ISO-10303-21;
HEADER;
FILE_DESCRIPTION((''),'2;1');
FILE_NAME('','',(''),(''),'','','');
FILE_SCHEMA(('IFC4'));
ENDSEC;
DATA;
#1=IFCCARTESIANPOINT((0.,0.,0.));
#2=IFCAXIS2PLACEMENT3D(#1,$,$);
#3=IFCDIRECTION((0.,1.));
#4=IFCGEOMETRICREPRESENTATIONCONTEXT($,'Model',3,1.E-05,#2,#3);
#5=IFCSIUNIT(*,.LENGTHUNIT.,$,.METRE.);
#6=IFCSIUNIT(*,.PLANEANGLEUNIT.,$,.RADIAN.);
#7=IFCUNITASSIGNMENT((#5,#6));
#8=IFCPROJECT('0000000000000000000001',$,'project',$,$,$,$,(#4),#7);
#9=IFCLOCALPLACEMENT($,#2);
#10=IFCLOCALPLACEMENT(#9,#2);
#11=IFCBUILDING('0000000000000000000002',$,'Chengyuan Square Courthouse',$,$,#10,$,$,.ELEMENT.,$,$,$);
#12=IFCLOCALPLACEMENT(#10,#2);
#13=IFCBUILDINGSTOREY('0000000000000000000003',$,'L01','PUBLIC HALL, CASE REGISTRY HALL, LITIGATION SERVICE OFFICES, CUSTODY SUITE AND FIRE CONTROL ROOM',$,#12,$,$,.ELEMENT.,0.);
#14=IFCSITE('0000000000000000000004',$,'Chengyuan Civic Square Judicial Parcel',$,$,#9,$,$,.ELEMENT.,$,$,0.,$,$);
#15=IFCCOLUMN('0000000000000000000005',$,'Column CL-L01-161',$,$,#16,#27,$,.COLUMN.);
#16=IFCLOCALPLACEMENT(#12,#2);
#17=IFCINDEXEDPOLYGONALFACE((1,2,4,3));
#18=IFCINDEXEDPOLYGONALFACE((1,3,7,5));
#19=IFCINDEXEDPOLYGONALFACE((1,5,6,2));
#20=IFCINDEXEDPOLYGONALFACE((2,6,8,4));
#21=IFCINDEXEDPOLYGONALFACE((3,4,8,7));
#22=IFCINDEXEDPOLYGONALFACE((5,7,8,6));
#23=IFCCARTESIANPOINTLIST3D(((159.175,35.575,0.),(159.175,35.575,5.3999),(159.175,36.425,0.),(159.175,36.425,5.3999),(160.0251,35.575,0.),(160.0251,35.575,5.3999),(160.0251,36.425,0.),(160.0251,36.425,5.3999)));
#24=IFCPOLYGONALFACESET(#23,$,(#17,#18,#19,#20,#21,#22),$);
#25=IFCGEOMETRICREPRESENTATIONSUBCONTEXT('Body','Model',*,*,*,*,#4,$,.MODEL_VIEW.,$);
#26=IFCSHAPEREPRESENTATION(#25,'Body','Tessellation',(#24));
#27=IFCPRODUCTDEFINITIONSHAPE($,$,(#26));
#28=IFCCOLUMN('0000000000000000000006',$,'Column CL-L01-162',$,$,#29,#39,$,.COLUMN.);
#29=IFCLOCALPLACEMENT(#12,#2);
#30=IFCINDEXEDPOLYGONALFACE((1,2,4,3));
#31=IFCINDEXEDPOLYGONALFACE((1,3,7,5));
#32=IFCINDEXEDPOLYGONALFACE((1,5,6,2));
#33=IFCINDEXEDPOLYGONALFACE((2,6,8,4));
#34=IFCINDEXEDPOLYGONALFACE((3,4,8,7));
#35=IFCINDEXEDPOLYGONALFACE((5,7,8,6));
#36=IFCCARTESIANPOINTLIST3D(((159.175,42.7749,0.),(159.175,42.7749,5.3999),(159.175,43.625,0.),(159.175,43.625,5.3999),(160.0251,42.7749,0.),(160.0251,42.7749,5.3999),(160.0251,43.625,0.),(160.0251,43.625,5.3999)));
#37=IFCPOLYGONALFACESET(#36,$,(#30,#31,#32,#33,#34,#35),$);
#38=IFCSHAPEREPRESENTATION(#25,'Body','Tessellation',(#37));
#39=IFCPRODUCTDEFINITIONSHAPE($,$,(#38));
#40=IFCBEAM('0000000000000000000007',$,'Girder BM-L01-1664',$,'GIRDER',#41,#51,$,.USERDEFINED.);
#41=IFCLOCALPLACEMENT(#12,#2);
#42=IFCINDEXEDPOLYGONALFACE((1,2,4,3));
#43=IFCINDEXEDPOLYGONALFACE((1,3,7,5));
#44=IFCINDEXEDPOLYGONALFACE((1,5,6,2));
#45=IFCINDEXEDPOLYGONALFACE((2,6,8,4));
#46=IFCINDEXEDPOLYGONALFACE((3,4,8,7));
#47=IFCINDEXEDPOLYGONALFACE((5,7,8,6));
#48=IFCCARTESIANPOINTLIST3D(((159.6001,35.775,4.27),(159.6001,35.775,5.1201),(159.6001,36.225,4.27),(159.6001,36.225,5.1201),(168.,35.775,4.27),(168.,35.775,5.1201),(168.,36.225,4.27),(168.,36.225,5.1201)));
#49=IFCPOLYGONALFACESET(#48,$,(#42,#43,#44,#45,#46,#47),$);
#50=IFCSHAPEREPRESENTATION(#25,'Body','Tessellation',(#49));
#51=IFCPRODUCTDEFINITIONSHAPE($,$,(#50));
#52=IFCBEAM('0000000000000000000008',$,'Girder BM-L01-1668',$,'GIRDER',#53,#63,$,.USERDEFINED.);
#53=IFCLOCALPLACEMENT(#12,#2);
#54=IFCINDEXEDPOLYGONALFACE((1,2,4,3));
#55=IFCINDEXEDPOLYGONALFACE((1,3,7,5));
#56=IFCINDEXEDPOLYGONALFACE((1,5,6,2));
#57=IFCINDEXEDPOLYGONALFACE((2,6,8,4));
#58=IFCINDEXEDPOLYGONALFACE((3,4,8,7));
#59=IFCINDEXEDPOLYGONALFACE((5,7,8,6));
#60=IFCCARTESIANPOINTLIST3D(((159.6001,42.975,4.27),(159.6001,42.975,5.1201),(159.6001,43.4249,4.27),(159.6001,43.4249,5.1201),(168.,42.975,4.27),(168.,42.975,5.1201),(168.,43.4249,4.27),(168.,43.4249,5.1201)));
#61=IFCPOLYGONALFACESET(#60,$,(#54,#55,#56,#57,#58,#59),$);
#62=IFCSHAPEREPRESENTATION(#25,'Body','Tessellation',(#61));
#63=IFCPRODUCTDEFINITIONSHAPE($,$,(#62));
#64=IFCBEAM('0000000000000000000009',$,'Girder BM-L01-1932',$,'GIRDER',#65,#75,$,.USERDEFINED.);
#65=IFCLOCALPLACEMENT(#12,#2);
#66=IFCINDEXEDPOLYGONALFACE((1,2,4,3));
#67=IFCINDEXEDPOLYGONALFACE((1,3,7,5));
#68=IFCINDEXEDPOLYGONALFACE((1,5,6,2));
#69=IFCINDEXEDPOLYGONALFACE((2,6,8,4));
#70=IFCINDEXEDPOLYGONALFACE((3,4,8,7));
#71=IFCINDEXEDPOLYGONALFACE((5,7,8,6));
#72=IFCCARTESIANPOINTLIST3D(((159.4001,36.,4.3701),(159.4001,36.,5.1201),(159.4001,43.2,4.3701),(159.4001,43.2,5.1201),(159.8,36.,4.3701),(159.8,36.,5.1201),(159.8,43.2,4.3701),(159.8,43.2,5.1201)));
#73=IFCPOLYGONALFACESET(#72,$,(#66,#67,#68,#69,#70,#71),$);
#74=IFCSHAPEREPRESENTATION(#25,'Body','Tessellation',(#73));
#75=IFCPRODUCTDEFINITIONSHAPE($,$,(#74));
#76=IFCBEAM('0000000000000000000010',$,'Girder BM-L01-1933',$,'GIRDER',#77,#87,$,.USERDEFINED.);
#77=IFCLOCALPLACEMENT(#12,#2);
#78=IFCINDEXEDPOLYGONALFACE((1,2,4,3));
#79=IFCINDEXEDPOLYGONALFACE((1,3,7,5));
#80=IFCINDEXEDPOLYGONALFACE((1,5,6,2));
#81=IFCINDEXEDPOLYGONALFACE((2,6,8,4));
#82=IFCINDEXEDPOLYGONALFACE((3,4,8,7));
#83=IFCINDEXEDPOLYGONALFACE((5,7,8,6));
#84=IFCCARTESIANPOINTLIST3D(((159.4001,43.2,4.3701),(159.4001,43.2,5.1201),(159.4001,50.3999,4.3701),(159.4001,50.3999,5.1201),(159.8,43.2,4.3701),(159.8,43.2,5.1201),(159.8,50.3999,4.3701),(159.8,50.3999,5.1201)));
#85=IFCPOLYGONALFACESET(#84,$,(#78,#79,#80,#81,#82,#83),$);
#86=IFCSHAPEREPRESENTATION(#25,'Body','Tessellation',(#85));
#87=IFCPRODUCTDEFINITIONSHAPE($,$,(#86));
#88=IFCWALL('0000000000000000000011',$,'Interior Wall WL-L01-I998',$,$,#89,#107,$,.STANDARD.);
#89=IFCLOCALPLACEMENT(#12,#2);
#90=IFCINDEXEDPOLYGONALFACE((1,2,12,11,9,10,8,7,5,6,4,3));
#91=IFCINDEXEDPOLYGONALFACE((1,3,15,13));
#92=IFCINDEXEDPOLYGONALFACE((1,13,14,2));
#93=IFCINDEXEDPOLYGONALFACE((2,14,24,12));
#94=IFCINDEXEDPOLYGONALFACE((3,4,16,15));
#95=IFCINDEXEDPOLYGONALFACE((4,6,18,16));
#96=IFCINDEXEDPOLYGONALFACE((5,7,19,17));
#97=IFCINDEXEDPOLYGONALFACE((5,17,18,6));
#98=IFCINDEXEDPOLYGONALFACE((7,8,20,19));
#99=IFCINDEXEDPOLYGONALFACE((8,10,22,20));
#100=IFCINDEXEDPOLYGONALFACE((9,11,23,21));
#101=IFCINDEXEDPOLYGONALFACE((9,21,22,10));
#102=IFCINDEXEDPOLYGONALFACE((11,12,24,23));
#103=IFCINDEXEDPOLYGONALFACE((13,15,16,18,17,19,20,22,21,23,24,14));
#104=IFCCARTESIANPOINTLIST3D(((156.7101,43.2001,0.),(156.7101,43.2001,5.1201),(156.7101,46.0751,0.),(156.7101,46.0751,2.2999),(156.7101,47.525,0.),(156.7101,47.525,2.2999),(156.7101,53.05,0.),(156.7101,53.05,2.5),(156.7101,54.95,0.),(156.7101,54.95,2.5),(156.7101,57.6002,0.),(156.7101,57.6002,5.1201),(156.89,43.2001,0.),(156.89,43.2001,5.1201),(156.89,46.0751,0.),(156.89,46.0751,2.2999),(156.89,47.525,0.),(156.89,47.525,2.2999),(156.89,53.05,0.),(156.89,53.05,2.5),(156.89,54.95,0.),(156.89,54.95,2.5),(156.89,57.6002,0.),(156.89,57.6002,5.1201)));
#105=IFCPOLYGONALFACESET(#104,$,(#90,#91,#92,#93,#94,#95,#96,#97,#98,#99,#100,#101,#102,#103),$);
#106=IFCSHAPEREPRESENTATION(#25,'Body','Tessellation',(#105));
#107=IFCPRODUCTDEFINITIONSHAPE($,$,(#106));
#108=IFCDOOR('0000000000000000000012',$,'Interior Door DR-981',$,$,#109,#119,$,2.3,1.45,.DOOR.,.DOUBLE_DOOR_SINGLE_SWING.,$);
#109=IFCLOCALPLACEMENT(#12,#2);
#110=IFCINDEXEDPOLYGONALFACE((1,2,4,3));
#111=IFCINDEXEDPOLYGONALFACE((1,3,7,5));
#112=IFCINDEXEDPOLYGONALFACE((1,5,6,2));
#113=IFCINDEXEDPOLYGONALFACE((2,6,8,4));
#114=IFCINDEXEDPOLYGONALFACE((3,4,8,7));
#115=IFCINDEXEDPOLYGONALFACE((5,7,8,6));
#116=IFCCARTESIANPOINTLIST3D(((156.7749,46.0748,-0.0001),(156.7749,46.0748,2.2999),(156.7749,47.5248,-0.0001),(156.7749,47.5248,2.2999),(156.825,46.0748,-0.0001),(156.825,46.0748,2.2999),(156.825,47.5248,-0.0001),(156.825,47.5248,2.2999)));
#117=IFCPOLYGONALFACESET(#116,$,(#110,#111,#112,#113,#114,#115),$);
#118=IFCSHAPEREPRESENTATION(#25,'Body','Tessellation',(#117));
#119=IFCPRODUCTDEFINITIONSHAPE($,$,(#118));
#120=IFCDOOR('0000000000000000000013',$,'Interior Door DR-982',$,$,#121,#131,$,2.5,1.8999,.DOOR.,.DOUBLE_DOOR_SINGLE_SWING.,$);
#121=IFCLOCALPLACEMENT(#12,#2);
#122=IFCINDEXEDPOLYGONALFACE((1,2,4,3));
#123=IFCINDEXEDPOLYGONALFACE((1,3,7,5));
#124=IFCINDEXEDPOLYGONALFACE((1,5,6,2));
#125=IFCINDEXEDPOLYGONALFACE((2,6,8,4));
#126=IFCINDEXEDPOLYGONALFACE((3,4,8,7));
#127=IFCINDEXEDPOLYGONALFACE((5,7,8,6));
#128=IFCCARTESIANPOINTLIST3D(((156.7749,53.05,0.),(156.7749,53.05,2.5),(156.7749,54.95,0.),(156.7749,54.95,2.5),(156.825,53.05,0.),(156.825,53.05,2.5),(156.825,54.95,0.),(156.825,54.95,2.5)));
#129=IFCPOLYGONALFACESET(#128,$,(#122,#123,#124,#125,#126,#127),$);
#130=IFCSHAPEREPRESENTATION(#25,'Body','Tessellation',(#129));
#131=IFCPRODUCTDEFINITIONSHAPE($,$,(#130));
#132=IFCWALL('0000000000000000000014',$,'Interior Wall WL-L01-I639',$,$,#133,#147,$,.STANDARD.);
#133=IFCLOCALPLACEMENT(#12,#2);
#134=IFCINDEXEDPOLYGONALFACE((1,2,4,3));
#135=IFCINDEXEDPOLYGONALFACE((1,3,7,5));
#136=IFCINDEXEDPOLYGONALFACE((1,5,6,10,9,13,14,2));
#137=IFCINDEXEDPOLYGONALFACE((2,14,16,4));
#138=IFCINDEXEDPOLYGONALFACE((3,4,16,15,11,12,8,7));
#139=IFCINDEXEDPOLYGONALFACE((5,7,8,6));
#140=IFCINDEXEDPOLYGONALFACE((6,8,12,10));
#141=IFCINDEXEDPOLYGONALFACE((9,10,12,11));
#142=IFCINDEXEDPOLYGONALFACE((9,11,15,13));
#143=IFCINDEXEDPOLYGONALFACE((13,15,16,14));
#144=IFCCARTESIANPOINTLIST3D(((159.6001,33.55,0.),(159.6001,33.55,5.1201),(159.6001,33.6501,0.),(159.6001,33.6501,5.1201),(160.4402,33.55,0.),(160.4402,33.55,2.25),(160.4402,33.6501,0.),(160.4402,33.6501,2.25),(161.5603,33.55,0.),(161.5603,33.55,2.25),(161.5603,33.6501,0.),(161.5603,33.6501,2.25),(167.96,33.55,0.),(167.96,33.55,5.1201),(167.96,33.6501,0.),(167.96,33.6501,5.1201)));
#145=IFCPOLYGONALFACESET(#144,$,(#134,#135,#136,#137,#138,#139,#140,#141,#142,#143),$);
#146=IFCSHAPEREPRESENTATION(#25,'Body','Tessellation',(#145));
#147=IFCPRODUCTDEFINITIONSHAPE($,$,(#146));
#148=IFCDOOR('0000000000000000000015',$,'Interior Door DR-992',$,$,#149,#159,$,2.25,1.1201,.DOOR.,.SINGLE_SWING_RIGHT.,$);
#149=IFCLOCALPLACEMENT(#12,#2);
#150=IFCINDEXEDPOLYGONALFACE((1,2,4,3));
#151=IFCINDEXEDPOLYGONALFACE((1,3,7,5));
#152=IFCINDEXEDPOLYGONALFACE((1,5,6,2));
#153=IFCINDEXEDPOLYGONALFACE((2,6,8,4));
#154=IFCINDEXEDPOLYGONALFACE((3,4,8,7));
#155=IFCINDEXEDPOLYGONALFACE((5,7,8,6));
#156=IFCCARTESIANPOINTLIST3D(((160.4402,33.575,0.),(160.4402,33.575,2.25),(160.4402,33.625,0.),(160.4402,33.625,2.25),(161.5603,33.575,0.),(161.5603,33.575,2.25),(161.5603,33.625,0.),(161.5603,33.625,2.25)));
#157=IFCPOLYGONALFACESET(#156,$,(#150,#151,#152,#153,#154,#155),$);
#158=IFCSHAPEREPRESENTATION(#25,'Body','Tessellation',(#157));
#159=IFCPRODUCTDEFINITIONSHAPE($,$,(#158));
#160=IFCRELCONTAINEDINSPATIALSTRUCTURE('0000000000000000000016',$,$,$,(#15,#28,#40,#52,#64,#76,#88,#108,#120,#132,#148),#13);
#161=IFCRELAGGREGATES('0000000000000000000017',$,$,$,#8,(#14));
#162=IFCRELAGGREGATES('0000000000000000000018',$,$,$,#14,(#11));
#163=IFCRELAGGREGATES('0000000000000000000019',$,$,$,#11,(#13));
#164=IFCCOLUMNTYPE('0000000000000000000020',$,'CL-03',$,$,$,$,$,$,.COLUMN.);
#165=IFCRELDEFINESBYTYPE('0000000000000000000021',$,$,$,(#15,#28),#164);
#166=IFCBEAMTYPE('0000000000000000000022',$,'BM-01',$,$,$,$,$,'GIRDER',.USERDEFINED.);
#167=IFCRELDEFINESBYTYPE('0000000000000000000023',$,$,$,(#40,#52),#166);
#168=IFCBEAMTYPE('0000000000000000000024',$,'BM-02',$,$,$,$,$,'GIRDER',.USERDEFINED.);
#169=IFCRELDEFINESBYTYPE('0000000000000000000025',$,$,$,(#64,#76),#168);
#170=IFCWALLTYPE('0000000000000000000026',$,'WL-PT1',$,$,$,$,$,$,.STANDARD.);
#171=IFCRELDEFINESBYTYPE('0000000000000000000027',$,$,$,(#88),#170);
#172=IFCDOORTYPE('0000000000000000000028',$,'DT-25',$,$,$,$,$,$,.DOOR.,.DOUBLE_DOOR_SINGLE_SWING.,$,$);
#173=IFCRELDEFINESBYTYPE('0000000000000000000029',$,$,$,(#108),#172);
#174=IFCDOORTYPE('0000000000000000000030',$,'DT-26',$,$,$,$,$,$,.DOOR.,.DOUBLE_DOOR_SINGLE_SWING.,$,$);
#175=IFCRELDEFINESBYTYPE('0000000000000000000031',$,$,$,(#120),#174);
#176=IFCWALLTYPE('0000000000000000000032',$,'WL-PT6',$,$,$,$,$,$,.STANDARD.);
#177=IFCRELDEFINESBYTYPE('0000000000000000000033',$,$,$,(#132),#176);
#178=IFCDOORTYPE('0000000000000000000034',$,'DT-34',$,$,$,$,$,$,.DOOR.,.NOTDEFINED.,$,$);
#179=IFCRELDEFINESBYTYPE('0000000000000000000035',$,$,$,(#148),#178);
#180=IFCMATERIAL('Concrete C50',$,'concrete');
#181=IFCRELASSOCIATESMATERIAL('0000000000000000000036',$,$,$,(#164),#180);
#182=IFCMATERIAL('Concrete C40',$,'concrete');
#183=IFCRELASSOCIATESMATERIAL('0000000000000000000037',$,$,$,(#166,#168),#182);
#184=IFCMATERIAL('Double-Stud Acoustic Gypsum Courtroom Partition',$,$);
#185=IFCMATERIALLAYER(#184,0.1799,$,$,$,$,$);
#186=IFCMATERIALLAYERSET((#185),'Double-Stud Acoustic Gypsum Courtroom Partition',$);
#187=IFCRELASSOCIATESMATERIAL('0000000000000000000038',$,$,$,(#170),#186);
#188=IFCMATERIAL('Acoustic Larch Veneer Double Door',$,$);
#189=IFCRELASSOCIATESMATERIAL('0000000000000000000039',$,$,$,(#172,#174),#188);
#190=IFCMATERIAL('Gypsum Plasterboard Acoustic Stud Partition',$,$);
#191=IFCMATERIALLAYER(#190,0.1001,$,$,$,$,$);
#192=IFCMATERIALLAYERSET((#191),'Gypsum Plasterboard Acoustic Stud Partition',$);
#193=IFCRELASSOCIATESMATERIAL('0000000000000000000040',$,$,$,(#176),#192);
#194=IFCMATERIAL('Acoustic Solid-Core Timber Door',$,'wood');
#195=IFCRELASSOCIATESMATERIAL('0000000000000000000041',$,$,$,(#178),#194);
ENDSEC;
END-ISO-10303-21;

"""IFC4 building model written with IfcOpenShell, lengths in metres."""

from ifc_helpers import new_model, si_unit, direction, frame, frame_2d, origin, origin_2d, place, context, subcontext, project, spatial, rectangle, extrude, material, layer, layer_set, material_profile, profile_set, type_object, element, fill, save


model = new_model("IFC4")

# Units and contexts
model_context = context("Model", 3, precision=1e-05, world=origin(), true_north=direction((0.0, 1.0)))
body_context = subcontext(model_context, "Body", "Model", "MODEL_VIEW")
ifc_project = project(units=[si_unit("LENGTHUNIT", "METRE"), si_unit("PLANEANGLEUNIT", "RADIAN")], contexts=[model_context])

# Site, building, storey
site_placement = place(None, origin())
site = spatial("IfcSite", under=ifc_project, at=site_placement, Name="Chengyuan Civic Square Judicial Parcel", CompositionType="ELEMENT", RefElevation=0.0)
building_placement = place(site_placement, origin())
building = spatial("IfcBuilding", under=site, at=building_placement, Name="Chengyuan Square Courthouse", CompositionType="ELEMENT")
storey_placement = place(building_placement, origin())
storey = spatial("IfcBuildingStorey", under=building, at=storey_placement, Name="L01", Description="PUBLIC HALL, CASE REGISTRY HALL, LITIGATION SERVICE OFFICES, CUSTODY SUITE AND FIRE CONTROL ROOM", CompositionType="ELEMENT", Elevation=0.0)

# Columns
ifc_material_1 = material(Name="Concrete C50", Category="concrete")
ifc_material_profile_1 = material_profile(ifc_material_1, rectangle(XDim=0.8501, YDim=0.8501, at=origin_2d()), Name="RC-COL-850x850")
ifc_profile_set_1 = profile_set([ifc_material_profile_1], Name="Concrete C50")
column_type = type_object("IfcColumnType", Name="CL-03", PredefinedType="COLUMN", material=ifc_profile_set_1)
for number, where, z_axis, x_axis, name in (
    (1, (159.6001, 36.0, 0.0), (0.0, 0.0, 1.0), (1.0, 0.0, 0.0), "Column CL-L01-161"),
    (2, (159.6001, 43.2, 0.0), (0.0, 0.0, 1.0), (1.0, 0.0, 0.0), "Column CL-L01-162"),
):
    element("IfcColumn", number, at=place(storey_placement, frame(where, z_axis=z_axis, x_axis=x_axis)), inside=storey, type_object=column_type, Name=name, PredefinedType="COLUMN", context=body_context, shape_type="SweptSolid", body=[
        extrude(rectangle(XDim=0.8501, YDim=0.8501, at=origin_2d()), origin(), (0.0, 0.0, 1.0), 5.3999),
    ])

# Beams
ifc_material_2 = material(Name="Concrete C40", Category="concrete")
ifc_material_profile_2 = material_profile(ifc_material_2, rectangle(XDim=0.45, YDim=0.8501, at=origin_2d()), Name="RC-BM-450x850")
ifc_profile_set_2 = profile_set([ifc_material_profile_2], Name="Concrete C40")
beam_type_1 = type_object("IfcBeamType", Name="BM-01", ElementType="GIRDER", PredefinedType="USERDEFINED", material=ifc_profile_set_2)
for number, where, z_axis, x_axis, name in (
    (3, (159.6001, 36.0, 4.6951), (1.0, 0.0, 0.0), (0.0, 1.0, 0.0), "Girder BM-L01-1664"),
    (4, (159.6001, 43.2, 4.6951), (1.0, 0.0, 0.0), (0.0, 1.0, 0.0), "Girder BM-L01-1668"),
):
    element("IfcBeam", number, at=place(storey_placement, frame(where, z_axis=z_axis, x_axis=x_axis)), inside=storey, type_object=beam_type_1, Name=name, ObjectType="GIRDER", PredefinedType="USERDEFINED", context=body_context, shape_type="SweptSolid", body=[
        extrude(rectangle(XDim=0.45, YDim=0.8501, at=origin_2d()), origin(), (0.0, 0.0, 1.0), 8.3999),
    ])
ifc_material_profile_3 = material_profile(ifc_material_2, rectangle(XDim=0.3999, YDim=0.75, at=origin_2d()), Name="RC-BM-400x750")
ifc_profile_set_3 = profile_set([ifc_material_profile_3], Name="Concrete C40")
beam_type_2 = type_object("IfcBeamType", Name="BM-02", ElementType="GIRDER", PredefinedType="USERDEFINED", material=ifc_profile_set_3)
for number, where, z_axis, x_axis, name in (
    (5, (159.6001, 36.0, 4.7451), (0.0, 1.0, 0.0), (-1.0, 0.0, 0.0), "Girder BM-L01-1932"),
    (6, (159.6001, 43.2, 4.7451), (0.0, 1.0, 0.0), (-1.0, 0.0, 0.0), "Girder BM-L01-1933"),
):
    element("IfcBeam", number, at=place(storey_placement, frame(where, z_axis=z_axis, x_axis=x_axis)), inside=storey, type_object=beam_type_2, Name=name, ObjectType="GIRDER", PredefinedType="USERDEFINED", context=body_context, shape_type="SweptSolid", body=[
        extrude(rectangle(XDim=0.3999, YDim=0.75, at=origin_2d()), origin(), (0.0, 0.0, 1.0), 7.2),
    ])

# Wall, openings, doors
ifc_material_3 = material(Name="Double-Stud Acoustic Gypsum Courtroom Partition")
ifc_layer_1 = layer(ifc_material_3, 0.1799)
ifc_layer_set_1 = layer_set([ifc_layer_1], Name="Double-Stud Acoustic Gypsum Courtroom Partition")
wall_type_1 = type_object("IfcWallType", Name="WL-PT1", PredefinedType="STANDARD", material=ifc_layer_set_1)
wall_1_placement = place(storey_placement, frame((156.8, 43.2, 0.0), z_axis=(0.0, 0.0, 1.0), x_axis=(0.0, 1.0, 0.0)))
wall_1 = element("IfcWall", 7, at=wall_1_placement, inside=storey, type_object=wall_type_1, Name="Interior Wall WL-L01-I998", PredefinedType="STANDARD", context=body_context, shape_type="SweptSolid", body=[
    extrude(rectangle(XDim=14.4001, YDim=0.1799, at=frame_2d((7.2002, 0.0))), origin(), (0.0, 0.0, 1.0), 5.1201),
])
opening_1_placement = place(wall_1_placement, frame((2.875, 0.0, 0.0)))
opening_1 = element("IfcOpeningElement", 8, at=opening_1_placement, cuts=wall_1, PredefinedType="OPENING", context=body_context, shape_type="SweptSolid", body=[
    extrude(rectangle(XDim=1.45, YDim=2.3, at=frame_2d((0.7251, 1.1499))), frame((0.0, 0.1021, 0.0), z_axis=(0.0, -1.0, 0.0), x_axis=(1.0, 0.0, 0.0)), (0.0, 0.0, 1.0), 0.2039),
])
opening_2_placement = place(wall_1_placement, frame((9.8501, 0.0, 0.0)))
opening_2 = element("IfcOpeningElement", 9, at=opening_2_placement, cuts=wall_1, PredefinedType="OPENING", context=body_context, shape_type="SweptSolid", body=[
    extrude(rectangle(XDim=1.8999, YDim=2.5, at=frame_2d((0.95, 1.25))), frame((0.0, 0.1021, 0.0), z_axis=(0.0, -1.0, 0.0), x_axis=(1.0, 0.0, 0.0)), (0.0, 0.0, 1.0), 0.2039),
])
ifc_material_4 = material(Name="Acoustic Larch Veneer Double Door")
door_type_1 = type_object("IfcDoorType", Name="DT-25", OperationType="DOUBLE_DOOR_SINGLE_SWING", PredefinedType="DOOR", material=ifc_material_4)
door_1_placement = place(opening_1_placement, frame((1.45, 0.0, 0.0), z_axis=(0.0, 0.0, 1.0), x_axis=(-1.0, 0.0, 0.0)))
door_1 = element("IfcDoor", 10, at=door_1_placement, inside=storey, type_object=door_type_1, Name="Interior Door DR-981", OperationType="DOUBLE_DOOR_SINGLE_SWING", OverallHeight=2.3, OverallWidth=1.45, PredefinedType="DOOR", context=body_context, shape_type="SweptSolid", body=[
    extrude(rectangle(XDim=1.45, YDim=2.3, at=frame_2d((0.7251, 1.1499))), frame((0.0, 0.0249, 0.0), z_axis=(0.0, -1.0, 0.0), x_axis=(1.0, 0.0, 0.0)), (0.0, 0.0, 1.0), 0.05),
])
fill(opening_1, door_1)
door_type_2 = type_object("IfcDoorType", Name="DT-26", OperationType="DOUBLE_DOOR_SINGLE_SWING", PredefinedType="DOOR", material=ifc_material_4)
door_2_placement = place(opening_2_placement, frame((1.8999, 0.0, 0.0), z_axis=(0.0, 0.0, 1.0), x_axis=(-1.0, 0.0, 0.0)))
door_2 = element("IfcDoor", 11, at=door_2_placement, inside=storey, type_object=door_type_2, Name="Interior Door DR-982", OperationType="DOUBLE_DOOR_SINGLE_SWING", OverallHeight=2.5, OverallWidth=1.8999, PredefinedType="DOOR", context=body_context, shape_type="SweptSolid", body=[
    extrude(rectangle(XDim=1.8999, YDim=2.5, at=frame_2d((0.95, 1.25))), frame((0.0, 0.0249, 0.0), z_axis=(0.0, -1.0, 0.0), x_axis=(1.0, 0.0, 0.0)), (0.0, 0.0, 1.0), 0.05),
])
fill(opening_2, door_2)

# Wall, opening, door
ifc_material_5 = material(Name="Gypsum Plasterboard Acoustic Stud Partition")
ifc_layer_2 = layer(ifc_material_5, 0.1001)
ifc_layer_set_2 = layer_set([ifc_layer_2], Name="Gypsum Plasterboard Acoustic Stud Partition")
wall_type_2 = type_object("IfcWallType", Name="WL-PT6", PredefinedType="STANDARD", material=ifc_layer_set_2)
wall_2_placement = place(storey_placement, frame((159.6001, 33.6001, 0.0), z_axis=(0.0, 0.0, 1.0), x_axis=(1.0, 0.0, 0.0)))
wall_2 = element("IfcWall", 12, at=wall_2_placement, inside=storey, type_object=wall_type_2, Name="Interior Wall WL-L01-I639", PredefinedType="STANDARD", context=body_context, shape_type="SweptSolid", body=[
    extrude(rectangle(XDim=8.3599, YDim=0.1001, at=frame_2d((4.1799, 0.0))), origin(), (0.0, 0.0, 1.0), 5.1201),
])
opening_3_placement = place(wall_2_placement, frame((0.8401, 0.0, 0.0)))
opening_3 = element("IfcOpeningElement", 13, at=opening_3_placement, cuts=wall_2, PredefinedType="OPENING", context=body_context, shape_type="SweptSolid", body=[
    extrude(rectangle(XDim=1.1201, YDim=2.25, at=frame_2d((0.5601, 1.125))), frame((0.0, 0.062, 0.0), z_axis=(0.0, -1.0, 0.0), x_axis=(1.0, 0.0, 0.0)), (0.0, 0.0, 1.0), 0.124),
])
ifc_material_6 = material(Name="Acoustic Solid-Core Timber Door", Category="wood")
door_type_3 = type_object("IfcDoorType", Name="DT-34", OperationType="NOTDEFINED", PredefinedType="DOOR", material=ifc_material_6)
door_3_placement = place(opening_3_placement, origin())
door_3 = element("IfcDoor", 14, at=door_3_placement, inside=storey, type_object=door_type_3, Name="Interior Door DR-992", OperationType="SINGLE_SWING_RIGHT", OverallHeight=2.25, OverallWidth=1.1201, PredefinedType="DOOR", context=body_context, shape_type="SweptSolid", body=[
    extrude(rectangle(XDim=1.1201, YDim=2.25, at=frame_2d((0.5601, 1.125))), frame((0.0, 0.0249, 0.0), z_axis=(0.0, -1.0, 0.0), x_axis=(1.0, 0.0, 0.0)), (0.0, 0.0, 1.0), 0.05),
])
fill(opening_3, door_3)

save(model, "model.ifc")
